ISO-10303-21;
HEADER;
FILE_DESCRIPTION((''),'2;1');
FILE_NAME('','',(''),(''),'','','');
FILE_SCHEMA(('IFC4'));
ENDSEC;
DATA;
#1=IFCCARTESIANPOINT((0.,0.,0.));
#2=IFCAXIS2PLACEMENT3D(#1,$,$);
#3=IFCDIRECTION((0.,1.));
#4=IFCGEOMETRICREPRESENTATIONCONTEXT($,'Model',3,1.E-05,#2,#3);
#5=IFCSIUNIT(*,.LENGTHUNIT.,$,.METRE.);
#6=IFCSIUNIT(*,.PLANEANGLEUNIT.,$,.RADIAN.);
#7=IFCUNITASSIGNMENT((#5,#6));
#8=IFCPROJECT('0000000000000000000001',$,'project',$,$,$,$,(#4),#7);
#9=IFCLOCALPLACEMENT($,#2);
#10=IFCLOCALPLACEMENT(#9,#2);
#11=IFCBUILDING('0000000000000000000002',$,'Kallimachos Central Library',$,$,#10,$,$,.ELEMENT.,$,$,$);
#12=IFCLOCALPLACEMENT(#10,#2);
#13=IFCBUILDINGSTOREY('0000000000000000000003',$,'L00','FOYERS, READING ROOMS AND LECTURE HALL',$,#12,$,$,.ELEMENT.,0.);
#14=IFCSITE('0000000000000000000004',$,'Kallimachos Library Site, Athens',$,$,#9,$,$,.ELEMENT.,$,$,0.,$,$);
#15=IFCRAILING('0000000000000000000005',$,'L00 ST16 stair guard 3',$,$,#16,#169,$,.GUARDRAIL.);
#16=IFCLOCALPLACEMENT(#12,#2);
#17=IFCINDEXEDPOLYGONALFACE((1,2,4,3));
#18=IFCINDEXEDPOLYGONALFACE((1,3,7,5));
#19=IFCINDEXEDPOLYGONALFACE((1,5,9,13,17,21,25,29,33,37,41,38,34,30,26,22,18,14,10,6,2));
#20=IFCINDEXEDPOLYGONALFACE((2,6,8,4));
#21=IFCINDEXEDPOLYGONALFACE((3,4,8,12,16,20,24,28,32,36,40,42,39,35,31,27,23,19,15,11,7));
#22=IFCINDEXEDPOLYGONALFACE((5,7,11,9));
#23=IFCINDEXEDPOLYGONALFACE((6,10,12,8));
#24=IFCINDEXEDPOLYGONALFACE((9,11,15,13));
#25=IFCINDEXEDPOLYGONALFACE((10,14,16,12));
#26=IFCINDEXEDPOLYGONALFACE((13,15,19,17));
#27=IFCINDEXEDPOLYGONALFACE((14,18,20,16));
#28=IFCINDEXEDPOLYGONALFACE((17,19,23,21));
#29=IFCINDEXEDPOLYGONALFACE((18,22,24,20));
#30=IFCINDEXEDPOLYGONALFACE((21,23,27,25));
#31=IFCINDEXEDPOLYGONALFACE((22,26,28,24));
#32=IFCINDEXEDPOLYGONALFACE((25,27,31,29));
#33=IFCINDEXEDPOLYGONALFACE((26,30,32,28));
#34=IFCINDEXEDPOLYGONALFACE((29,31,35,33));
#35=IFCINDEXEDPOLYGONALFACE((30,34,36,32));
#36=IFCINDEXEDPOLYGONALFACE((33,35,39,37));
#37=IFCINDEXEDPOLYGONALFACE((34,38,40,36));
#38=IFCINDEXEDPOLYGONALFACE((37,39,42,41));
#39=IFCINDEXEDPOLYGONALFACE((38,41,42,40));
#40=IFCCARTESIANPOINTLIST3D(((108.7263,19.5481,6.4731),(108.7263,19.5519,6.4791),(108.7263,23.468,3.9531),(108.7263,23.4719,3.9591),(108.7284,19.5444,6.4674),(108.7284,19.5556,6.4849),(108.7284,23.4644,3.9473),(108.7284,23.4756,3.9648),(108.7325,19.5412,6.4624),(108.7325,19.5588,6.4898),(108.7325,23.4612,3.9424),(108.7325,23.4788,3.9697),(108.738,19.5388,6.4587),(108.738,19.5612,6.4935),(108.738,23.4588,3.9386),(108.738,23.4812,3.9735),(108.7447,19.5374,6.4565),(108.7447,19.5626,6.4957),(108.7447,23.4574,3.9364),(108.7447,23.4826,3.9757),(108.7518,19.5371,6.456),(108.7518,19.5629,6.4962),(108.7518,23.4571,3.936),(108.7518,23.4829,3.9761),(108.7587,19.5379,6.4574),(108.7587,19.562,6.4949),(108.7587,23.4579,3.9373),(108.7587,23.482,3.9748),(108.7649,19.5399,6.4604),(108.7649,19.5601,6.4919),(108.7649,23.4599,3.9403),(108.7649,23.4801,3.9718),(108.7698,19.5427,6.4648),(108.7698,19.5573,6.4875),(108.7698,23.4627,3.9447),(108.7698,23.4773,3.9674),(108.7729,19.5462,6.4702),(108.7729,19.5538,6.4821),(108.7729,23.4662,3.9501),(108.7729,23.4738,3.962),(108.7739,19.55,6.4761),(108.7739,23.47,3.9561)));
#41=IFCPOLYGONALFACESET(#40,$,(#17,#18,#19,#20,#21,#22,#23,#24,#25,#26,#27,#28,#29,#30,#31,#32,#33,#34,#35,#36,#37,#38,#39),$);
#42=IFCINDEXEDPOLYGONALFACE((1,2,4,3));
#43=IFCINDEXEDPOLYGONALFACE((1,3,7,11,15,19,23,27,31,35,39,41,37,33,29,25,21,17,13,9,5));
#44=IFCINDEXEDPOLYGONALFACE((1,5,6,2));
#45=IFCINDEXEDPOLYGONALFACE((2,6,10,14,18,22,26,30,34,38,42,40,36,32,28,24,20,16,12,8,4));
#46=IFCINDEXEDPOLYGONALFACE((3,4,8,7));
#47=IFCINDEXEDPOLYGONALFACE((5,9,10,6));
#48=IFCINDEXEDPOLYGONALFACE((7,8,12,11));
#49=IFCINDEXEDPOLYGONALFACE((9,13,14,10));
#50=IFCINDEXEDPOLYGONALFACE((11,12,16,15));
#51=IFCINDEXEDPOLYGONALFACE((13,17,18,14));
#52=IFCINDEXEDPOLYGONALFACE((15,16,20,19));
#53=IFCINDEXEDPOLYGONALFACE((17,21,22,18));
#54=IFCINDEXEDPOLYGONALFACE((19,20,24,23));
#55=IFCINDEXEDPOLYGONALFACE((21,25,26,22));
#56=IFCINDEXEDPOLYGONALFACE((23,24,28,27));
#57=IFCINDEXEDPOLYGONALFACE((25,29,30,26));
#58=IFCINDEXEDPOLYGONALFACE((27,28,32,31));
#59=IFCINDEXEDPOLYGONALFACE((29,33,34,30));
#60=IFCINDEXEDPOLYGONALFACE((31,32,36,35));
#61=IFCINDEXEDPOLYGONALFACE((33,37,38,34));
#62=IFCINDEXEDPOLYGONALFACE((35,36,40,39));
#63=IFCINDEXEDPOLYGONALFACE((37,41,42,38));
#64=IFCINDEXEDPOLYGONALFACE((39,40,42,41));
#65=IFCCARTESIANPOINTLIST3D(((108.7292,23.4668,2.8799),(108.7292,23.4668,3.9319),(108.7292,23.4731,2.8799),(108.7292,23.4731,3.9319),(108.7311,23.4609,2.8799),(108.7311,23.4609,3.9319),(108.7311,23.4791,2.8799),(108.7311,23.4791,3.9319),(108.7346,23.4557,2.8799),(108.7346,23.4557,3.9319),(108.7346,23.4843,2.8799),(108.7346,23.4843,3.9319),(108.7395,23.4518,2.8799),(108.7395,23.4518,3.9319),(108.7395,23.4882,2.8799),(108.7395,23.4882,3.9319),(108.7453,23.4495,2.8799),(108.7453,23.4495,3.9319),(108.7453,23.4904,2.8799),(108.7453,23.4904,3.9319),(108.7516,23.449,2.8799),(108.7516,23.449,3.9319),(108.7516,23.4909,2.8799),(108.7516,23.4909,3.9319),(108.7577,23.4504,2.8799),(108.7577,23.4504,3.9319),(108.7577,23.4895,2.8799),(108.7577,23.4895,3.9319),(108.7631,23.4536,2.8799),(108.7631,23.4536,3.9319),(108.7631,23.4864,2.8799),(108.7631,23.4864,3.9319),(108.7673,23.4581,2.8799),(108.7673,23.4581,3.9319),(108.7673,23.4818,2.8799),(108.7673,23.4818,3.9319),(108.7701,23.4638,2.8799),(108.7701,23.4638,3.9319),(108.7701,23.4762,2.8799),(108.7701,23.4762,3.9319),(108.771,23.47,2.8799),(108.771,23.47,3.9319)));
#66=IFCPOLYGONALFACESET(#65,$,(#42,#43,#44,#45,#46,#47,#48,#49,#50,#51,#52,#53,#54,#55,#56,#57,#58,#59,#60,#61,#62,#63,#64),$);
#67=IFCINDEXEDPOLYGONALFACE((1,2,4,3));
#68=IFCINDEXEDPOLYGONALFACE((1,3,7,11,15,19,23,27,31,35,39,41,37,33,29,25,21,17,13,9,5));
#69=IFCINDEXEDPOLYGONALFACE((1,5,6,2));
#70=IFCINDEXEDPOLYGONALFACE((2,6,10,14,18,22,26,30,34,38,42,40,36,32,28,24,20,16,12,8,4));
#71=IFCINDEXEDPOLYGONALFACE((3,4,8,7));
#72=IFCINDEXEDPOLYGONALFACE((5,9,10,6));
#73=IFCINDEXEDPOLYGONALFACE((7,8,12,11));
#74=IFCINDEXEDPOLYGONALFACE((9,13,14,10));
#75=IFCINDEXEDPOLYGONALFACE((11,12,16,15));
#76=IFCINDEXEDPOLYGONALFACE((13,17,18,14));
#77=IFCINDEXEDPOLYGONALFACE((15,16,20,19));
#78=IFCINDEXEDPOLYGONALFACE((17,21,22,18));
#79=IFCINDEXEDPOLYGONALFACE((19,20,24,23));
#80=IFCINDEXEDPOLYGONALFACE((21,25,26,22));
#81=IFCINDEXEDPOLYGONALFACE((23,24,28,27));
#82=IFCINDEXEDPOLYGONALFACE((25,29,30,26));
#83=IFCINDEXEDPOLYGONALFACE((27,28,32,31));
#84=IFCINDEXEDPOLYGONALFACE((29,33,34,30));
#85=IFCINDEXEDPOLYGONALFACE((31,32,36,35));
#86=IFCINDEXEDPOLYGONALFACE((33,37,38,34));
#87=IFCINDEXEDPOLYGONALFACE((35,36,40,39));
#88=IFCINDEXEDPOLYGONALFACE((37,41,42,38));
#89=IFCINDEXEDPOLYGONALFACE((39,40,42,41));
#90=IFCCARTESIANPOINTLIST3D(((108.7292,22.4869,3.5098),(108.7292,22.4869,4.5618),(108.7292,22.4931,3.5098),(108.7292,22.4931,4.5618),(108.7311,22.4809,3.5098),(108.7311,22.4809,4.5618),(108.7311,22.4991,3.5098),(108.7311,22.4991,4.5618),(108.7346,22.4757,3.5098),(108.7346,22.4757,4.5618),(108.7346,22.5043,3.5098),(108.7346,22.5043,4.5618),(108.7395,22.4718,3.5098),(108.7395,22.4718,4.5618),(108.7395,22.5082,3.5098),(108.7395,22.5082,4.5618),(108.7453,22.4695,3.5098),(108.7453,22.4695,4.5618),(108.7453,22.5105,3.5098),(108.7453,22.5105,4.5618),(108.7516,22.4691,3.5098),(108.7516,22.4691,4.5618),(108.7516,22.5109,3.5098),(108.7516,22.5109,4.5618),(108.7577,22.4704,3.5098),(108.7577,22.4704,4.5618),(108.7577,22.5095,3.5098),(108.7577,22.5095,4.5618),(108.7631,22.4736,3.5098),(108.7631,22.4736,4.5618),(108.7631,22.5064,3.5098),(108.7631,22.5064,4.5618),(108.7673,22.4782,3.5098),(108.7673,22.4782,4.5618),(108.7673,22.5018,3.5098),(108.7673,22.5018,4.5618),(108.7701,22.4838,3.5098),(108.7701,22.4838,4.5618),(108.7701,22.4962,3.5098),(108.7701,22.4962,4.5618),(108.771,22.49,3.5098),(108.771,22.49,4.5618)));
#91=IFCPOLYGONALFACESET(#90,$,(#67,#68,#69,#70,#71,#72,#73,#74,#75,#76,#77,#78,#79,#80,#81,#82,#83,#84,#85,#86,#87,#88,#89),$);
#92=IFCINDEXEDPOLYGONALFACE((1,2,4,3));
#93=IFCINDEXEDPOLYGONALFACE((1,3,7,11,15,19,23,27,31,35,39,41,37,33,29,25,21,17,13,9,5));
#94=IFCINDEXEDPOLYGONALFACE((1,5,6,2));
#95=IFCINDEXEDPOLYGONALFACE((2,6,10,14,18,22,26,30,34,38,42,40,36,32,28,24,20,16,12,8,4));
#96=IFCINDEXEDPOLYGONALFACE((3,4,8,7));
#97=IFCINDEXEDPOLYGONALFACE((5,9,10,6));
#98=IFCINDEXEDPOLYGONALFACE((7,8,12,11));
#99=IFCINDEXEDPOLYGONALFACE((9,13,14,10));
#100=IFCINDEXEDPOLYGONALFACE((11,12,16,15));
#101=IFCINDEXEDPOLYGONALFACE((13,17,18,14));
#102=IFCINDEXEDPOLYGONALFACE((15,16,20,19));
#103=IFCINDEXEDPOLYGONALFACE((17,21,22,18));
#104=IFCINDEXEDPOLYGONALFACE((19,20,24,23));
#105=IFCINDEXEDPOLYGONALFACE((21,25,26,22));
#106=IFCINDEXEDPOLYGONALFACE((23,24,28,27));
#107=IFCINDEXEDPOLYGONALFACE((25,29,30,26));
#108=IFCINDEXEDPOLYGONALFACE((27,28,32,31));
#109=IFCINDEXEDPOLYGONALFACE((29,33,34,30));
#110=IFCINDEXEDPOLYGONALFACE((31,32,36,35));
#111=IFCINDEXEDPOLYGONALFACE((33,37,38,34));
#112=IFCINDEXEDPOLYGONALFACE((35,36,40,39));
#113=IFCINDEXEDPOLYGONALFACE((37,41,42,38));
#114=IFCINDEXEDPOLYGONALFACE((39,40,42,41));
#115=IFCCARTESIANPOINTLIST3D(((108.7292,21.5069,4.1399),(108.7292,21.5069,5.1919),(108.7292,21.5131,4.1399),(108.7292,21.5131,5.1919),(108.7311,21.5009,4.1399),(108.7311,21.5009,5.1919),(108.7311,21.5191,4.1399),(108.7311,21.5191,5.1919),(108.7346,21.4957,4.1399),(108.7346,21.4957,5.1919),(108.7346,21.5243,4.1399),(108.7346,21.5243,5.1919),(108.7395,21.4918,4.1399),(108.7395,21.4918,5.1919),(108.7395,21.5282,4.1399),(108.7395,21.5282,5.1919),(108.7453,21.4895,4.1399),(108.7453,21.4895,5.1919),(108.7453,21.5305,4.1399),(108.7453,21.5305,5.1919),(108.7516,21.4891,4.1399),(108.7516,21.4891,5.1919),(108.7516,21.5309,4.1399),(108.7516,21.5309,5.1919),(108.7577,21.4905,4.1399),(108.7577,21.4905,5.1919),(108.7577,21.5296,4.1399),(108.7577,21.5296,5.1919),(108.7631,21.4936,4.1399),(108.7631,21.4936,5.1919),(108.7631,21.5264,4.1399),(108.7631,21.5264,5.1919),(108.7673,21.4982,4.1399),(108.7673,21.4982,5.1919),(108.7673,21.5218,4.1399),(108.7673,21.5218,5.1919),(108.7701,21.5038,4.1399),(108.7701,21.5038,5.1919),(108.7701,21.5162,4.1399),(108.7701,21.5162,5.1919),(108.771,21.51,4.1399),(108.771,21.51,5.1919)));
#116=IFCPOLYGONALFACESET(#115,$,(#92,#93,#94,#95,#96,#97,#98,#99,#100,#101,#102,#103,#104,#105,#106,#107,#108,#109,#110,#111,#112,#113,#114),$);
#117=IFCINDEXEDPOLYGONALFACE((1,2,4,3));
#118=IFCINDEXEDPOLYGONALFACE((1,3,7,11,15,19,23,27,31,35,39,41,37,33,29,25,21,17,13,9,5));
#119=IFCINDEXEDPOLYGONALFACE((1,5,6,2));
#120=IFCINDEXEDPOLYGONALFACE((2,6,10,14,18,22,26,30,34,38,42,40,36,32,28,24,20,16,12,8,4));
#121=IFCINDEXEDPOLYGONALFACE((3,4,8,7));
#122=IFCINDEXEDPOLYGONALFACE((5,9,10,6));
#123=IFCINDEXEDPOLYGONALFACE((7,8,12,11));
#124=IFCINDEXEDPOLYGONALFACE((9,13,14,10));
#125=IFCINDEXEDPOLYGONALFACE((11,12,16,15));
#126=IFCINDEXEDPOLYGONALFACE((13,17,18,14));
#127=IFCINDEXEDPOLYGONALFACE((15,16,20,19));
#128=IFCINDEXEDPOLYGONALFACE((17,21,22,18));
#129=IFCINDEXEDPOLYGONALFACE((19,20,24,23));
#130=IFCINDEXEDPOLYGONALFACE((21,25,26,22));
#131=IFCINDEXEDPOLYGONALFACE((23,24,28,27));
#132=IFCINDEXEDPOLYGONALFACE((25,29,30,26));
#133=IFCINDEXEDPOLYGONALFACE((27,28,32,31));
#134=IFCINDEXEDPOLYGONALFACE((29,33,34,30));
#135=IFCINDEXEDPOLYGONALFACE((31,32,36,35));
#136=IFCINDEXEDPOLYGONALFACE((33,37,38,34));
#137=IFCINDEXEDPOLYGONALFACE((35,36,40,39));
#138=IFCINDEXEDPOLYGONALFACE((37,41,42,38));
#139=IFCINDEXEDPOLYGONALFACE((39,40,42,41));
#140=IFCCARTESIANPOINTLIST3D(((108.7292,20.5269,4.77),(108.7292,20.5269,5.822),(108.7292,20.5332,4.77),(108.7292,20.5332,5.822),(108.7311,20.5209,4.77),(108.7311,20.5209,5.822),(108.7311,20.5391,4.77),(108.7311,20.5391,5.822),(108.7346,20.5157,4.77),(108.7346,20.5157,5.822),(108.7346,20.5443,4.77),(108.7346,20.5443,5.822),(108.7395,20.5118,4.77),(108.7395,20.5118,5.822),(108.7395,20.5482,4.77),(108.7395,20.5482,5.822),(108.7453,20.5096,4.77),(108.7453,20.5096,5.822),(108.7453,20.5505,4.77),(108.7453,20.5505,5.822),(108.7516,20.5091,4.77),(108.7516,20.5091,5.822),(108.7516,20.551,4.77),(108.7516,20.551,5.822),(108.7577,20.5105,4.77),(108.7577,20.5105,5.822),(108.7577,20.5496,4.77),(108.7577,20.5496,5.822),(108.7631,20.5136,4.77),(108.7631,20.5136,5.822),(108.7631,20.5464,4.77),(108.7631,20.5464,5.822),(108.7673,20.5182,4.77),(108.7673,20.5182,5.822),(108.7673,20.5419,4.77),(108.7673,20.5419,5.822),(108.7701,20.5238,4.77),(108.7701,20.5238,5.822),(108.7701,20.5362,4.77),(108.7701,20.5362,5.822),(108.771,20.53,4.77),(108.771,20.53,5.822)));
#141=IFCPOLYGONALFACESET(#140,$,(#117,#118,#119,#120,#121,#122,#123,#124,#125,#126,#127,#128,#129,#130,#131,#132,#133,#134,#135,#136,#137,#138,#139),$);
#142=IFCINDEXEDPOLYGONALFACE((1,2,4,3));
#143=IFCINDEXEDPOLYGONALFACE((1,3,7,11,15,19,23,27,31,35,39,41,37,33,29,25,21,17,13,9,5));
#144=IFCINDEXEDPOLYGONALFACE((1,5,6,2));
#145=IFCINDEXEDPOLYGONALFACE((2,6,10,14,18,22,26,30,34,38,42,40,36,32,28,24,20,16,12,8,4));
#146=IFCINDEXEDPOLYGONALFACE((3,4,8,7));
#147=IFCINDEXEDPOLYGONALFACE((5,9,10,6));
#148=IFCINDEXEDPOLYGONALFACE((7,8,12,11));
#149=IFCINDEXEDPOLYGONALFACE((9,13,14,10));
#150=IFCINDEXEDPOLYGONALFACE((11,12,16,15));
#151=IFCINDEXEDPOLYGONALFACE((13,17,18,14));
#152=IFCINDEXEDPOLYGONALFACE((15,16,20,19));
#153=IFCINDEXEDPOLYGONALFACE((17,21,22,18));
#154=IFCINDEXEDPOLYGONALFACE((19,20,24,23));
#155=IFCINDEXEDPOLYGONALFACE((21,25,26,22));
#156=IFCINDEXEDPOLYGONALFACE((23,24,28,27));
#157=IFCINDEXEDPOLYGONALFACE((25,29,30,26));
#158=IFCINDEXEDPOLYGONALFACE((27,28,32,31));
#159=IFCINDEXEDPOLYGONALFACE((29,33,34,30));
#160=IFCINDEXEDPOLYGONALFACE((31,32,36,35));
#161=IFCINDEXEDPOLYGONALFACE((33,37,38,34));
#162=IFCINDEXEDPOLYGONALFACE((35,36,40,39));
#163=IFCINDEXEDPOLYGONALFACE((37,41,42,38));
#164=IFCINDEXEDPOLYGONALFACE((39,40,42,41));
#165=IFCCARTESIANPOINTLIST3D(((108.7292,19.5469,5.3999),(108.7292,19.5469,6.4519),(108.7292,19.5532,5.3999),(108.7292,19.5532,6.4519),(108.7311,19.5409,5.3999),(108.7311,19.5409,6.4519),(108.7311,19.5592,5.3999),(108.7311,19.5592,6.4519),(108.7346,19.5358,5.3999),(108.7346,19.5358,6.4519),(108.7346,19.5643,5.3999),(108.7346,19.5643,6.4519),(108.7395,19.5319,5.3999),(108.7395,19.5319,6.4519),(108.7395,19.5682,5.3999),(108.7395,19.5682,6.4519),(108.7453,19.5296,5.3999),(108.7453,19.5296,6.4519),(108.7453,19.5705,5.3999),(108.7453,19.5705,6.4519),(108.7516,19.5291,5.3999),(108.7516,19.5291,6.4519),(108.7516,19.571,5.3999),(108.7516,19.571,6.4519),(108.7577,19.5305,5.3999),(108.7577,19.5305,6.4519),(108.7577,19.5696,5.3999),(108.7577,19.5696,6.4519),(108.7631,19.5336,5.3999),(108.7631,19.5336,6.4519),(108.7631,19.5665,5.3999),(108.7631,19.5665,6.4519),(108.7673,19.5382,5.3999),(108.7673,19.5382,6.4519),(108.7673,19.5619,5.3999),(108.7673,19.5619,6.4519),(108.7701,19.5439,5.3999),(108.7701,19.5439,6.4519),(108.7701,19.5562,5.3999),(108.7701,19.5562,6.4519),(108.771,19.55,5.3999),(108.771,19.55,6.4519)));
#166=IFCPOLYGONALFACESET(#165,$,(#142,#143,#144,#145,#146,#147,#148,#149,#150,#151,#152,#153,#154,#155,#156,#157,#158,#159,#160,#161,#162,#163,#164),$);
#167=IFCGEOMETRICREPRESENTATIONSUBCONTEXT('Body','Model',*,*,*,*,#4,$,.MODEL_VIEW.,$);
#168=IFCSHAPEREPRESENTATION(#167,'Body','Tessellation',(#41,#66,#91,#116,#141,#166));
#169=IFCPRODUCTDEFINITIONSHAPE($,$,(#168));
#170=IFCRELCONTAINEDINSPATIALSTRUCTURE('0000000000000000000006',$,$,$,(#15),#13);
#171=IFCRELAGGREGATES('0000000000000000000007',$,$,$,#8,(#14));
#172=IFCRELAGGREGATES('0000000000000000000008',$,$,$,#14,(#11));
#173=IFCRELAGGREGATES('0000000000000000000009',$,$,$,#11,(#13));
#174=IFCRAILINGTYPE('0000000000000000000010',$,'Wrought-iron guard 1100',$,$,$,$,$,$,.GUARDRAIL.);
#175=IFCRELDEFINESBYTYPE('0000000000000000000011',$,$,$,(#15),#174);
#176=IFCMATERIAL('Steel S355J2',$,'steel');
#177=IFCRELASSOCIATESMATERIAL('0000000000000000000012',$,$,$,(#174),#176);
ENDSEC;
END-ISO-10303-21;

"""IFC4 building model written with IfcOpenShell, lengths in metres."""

from ifc_helpers import new_model, si_unit, direction, frame, origin, origin_2d, place, context, subcontext, project, spatial, circle, extrude, material, type_object, element, save


model = new_model("IFC4")

# Units and contexts
model_context = context("Model", 3, precision=1e-05, world=origin(), true_north=direction((0.0, 1.0)))
body_context = subcontext(model_context, "Body", "Model", "MODEL_VIEW")
ifc_project = project(units=[si_unit("LENGTHUNIT", "METRE"), si_unit("PLANEANGLEUNIT", "RADIAN")], contexts=[model_context])

# Site, building, storey
site_placement = place(None, origin())
site = spatial("IfcSite", under=ifc_project, at=site_placement, Name="Kallimachos Library Site, Athens", CompositionType="ELEMENT", RefElevation=0.0)
building_placement = place(site_placement, origin())
building = spatial("IfcBuilding", under=site, at=building_placement, Name="Kallimachos Central Library", CompositionType="ELEMENT")
storey_placement = place(building_placement, origin())
storey = spatial("IfcBuildingStorey", under=building, at=storey_placement, Name="L00", Description="FOYERS, READING ROOMS AND LECTURE HALL", CompositionType="ELEMENT", Elevation=0.0)

# Railing
ifc_material_1 = material(Name="Steel S355J2", Category="steel")
railing_type_1 = type_object("IfcRailingType", Name="Wrought-iron guard 1100", PredefinedType="GUARDRAIL", material=ifc_material_1)
railing_1_placement = place(storey_placement, frame((108.75, 23.47, 2.8799)))
element("IfcRailing", 1, at=railing_1_placement, inside=storey, type_object=railing_type_1, Name="L00 ST16 stair guard 3", PredefinedType="GUARDRAIL", context=body_context, shape_type="SweptSolid", body=[
    extrude(circle(Radius=0.0239, at=origin_2d()), frame((0.0, 0.0, 1.0762), z_axis=(0.0, -0.841172, 0.540768), x_axis=(1.0, 0.0, 0.0)), (0.0, 0.0, 1.0), 4.6602),
    extrude(circle(Radius=0.021, at=origin_2d()), origin(), (0.0, 0.0, 1.0), 1.052),
    extrude(circle(Radius=0.021, at=origin_2d()), frame((0.0, -0.98, 0.6299)), (0.0, 0.0, 1.0), 1.052),
    extrude(circle(Radius=0.021, at=origin_2d()), frame((0.0, -1.96, 1.26)), (0.0, 0.0, 1.0), 1.052),
    extrude(circle(Radius=0.021, at=origin_2d()), frame((0.0, -2.9399, 1.8901)), (0.0, 0.0, 1.0), 1.052),
    extrude(circle(Radius=0.021, at=origin_2d()), frame((0.0, -3.9199, 2.52)), (0.0, 0.0, 1.0), 1.052),
])

save(model, "model.ifc")
